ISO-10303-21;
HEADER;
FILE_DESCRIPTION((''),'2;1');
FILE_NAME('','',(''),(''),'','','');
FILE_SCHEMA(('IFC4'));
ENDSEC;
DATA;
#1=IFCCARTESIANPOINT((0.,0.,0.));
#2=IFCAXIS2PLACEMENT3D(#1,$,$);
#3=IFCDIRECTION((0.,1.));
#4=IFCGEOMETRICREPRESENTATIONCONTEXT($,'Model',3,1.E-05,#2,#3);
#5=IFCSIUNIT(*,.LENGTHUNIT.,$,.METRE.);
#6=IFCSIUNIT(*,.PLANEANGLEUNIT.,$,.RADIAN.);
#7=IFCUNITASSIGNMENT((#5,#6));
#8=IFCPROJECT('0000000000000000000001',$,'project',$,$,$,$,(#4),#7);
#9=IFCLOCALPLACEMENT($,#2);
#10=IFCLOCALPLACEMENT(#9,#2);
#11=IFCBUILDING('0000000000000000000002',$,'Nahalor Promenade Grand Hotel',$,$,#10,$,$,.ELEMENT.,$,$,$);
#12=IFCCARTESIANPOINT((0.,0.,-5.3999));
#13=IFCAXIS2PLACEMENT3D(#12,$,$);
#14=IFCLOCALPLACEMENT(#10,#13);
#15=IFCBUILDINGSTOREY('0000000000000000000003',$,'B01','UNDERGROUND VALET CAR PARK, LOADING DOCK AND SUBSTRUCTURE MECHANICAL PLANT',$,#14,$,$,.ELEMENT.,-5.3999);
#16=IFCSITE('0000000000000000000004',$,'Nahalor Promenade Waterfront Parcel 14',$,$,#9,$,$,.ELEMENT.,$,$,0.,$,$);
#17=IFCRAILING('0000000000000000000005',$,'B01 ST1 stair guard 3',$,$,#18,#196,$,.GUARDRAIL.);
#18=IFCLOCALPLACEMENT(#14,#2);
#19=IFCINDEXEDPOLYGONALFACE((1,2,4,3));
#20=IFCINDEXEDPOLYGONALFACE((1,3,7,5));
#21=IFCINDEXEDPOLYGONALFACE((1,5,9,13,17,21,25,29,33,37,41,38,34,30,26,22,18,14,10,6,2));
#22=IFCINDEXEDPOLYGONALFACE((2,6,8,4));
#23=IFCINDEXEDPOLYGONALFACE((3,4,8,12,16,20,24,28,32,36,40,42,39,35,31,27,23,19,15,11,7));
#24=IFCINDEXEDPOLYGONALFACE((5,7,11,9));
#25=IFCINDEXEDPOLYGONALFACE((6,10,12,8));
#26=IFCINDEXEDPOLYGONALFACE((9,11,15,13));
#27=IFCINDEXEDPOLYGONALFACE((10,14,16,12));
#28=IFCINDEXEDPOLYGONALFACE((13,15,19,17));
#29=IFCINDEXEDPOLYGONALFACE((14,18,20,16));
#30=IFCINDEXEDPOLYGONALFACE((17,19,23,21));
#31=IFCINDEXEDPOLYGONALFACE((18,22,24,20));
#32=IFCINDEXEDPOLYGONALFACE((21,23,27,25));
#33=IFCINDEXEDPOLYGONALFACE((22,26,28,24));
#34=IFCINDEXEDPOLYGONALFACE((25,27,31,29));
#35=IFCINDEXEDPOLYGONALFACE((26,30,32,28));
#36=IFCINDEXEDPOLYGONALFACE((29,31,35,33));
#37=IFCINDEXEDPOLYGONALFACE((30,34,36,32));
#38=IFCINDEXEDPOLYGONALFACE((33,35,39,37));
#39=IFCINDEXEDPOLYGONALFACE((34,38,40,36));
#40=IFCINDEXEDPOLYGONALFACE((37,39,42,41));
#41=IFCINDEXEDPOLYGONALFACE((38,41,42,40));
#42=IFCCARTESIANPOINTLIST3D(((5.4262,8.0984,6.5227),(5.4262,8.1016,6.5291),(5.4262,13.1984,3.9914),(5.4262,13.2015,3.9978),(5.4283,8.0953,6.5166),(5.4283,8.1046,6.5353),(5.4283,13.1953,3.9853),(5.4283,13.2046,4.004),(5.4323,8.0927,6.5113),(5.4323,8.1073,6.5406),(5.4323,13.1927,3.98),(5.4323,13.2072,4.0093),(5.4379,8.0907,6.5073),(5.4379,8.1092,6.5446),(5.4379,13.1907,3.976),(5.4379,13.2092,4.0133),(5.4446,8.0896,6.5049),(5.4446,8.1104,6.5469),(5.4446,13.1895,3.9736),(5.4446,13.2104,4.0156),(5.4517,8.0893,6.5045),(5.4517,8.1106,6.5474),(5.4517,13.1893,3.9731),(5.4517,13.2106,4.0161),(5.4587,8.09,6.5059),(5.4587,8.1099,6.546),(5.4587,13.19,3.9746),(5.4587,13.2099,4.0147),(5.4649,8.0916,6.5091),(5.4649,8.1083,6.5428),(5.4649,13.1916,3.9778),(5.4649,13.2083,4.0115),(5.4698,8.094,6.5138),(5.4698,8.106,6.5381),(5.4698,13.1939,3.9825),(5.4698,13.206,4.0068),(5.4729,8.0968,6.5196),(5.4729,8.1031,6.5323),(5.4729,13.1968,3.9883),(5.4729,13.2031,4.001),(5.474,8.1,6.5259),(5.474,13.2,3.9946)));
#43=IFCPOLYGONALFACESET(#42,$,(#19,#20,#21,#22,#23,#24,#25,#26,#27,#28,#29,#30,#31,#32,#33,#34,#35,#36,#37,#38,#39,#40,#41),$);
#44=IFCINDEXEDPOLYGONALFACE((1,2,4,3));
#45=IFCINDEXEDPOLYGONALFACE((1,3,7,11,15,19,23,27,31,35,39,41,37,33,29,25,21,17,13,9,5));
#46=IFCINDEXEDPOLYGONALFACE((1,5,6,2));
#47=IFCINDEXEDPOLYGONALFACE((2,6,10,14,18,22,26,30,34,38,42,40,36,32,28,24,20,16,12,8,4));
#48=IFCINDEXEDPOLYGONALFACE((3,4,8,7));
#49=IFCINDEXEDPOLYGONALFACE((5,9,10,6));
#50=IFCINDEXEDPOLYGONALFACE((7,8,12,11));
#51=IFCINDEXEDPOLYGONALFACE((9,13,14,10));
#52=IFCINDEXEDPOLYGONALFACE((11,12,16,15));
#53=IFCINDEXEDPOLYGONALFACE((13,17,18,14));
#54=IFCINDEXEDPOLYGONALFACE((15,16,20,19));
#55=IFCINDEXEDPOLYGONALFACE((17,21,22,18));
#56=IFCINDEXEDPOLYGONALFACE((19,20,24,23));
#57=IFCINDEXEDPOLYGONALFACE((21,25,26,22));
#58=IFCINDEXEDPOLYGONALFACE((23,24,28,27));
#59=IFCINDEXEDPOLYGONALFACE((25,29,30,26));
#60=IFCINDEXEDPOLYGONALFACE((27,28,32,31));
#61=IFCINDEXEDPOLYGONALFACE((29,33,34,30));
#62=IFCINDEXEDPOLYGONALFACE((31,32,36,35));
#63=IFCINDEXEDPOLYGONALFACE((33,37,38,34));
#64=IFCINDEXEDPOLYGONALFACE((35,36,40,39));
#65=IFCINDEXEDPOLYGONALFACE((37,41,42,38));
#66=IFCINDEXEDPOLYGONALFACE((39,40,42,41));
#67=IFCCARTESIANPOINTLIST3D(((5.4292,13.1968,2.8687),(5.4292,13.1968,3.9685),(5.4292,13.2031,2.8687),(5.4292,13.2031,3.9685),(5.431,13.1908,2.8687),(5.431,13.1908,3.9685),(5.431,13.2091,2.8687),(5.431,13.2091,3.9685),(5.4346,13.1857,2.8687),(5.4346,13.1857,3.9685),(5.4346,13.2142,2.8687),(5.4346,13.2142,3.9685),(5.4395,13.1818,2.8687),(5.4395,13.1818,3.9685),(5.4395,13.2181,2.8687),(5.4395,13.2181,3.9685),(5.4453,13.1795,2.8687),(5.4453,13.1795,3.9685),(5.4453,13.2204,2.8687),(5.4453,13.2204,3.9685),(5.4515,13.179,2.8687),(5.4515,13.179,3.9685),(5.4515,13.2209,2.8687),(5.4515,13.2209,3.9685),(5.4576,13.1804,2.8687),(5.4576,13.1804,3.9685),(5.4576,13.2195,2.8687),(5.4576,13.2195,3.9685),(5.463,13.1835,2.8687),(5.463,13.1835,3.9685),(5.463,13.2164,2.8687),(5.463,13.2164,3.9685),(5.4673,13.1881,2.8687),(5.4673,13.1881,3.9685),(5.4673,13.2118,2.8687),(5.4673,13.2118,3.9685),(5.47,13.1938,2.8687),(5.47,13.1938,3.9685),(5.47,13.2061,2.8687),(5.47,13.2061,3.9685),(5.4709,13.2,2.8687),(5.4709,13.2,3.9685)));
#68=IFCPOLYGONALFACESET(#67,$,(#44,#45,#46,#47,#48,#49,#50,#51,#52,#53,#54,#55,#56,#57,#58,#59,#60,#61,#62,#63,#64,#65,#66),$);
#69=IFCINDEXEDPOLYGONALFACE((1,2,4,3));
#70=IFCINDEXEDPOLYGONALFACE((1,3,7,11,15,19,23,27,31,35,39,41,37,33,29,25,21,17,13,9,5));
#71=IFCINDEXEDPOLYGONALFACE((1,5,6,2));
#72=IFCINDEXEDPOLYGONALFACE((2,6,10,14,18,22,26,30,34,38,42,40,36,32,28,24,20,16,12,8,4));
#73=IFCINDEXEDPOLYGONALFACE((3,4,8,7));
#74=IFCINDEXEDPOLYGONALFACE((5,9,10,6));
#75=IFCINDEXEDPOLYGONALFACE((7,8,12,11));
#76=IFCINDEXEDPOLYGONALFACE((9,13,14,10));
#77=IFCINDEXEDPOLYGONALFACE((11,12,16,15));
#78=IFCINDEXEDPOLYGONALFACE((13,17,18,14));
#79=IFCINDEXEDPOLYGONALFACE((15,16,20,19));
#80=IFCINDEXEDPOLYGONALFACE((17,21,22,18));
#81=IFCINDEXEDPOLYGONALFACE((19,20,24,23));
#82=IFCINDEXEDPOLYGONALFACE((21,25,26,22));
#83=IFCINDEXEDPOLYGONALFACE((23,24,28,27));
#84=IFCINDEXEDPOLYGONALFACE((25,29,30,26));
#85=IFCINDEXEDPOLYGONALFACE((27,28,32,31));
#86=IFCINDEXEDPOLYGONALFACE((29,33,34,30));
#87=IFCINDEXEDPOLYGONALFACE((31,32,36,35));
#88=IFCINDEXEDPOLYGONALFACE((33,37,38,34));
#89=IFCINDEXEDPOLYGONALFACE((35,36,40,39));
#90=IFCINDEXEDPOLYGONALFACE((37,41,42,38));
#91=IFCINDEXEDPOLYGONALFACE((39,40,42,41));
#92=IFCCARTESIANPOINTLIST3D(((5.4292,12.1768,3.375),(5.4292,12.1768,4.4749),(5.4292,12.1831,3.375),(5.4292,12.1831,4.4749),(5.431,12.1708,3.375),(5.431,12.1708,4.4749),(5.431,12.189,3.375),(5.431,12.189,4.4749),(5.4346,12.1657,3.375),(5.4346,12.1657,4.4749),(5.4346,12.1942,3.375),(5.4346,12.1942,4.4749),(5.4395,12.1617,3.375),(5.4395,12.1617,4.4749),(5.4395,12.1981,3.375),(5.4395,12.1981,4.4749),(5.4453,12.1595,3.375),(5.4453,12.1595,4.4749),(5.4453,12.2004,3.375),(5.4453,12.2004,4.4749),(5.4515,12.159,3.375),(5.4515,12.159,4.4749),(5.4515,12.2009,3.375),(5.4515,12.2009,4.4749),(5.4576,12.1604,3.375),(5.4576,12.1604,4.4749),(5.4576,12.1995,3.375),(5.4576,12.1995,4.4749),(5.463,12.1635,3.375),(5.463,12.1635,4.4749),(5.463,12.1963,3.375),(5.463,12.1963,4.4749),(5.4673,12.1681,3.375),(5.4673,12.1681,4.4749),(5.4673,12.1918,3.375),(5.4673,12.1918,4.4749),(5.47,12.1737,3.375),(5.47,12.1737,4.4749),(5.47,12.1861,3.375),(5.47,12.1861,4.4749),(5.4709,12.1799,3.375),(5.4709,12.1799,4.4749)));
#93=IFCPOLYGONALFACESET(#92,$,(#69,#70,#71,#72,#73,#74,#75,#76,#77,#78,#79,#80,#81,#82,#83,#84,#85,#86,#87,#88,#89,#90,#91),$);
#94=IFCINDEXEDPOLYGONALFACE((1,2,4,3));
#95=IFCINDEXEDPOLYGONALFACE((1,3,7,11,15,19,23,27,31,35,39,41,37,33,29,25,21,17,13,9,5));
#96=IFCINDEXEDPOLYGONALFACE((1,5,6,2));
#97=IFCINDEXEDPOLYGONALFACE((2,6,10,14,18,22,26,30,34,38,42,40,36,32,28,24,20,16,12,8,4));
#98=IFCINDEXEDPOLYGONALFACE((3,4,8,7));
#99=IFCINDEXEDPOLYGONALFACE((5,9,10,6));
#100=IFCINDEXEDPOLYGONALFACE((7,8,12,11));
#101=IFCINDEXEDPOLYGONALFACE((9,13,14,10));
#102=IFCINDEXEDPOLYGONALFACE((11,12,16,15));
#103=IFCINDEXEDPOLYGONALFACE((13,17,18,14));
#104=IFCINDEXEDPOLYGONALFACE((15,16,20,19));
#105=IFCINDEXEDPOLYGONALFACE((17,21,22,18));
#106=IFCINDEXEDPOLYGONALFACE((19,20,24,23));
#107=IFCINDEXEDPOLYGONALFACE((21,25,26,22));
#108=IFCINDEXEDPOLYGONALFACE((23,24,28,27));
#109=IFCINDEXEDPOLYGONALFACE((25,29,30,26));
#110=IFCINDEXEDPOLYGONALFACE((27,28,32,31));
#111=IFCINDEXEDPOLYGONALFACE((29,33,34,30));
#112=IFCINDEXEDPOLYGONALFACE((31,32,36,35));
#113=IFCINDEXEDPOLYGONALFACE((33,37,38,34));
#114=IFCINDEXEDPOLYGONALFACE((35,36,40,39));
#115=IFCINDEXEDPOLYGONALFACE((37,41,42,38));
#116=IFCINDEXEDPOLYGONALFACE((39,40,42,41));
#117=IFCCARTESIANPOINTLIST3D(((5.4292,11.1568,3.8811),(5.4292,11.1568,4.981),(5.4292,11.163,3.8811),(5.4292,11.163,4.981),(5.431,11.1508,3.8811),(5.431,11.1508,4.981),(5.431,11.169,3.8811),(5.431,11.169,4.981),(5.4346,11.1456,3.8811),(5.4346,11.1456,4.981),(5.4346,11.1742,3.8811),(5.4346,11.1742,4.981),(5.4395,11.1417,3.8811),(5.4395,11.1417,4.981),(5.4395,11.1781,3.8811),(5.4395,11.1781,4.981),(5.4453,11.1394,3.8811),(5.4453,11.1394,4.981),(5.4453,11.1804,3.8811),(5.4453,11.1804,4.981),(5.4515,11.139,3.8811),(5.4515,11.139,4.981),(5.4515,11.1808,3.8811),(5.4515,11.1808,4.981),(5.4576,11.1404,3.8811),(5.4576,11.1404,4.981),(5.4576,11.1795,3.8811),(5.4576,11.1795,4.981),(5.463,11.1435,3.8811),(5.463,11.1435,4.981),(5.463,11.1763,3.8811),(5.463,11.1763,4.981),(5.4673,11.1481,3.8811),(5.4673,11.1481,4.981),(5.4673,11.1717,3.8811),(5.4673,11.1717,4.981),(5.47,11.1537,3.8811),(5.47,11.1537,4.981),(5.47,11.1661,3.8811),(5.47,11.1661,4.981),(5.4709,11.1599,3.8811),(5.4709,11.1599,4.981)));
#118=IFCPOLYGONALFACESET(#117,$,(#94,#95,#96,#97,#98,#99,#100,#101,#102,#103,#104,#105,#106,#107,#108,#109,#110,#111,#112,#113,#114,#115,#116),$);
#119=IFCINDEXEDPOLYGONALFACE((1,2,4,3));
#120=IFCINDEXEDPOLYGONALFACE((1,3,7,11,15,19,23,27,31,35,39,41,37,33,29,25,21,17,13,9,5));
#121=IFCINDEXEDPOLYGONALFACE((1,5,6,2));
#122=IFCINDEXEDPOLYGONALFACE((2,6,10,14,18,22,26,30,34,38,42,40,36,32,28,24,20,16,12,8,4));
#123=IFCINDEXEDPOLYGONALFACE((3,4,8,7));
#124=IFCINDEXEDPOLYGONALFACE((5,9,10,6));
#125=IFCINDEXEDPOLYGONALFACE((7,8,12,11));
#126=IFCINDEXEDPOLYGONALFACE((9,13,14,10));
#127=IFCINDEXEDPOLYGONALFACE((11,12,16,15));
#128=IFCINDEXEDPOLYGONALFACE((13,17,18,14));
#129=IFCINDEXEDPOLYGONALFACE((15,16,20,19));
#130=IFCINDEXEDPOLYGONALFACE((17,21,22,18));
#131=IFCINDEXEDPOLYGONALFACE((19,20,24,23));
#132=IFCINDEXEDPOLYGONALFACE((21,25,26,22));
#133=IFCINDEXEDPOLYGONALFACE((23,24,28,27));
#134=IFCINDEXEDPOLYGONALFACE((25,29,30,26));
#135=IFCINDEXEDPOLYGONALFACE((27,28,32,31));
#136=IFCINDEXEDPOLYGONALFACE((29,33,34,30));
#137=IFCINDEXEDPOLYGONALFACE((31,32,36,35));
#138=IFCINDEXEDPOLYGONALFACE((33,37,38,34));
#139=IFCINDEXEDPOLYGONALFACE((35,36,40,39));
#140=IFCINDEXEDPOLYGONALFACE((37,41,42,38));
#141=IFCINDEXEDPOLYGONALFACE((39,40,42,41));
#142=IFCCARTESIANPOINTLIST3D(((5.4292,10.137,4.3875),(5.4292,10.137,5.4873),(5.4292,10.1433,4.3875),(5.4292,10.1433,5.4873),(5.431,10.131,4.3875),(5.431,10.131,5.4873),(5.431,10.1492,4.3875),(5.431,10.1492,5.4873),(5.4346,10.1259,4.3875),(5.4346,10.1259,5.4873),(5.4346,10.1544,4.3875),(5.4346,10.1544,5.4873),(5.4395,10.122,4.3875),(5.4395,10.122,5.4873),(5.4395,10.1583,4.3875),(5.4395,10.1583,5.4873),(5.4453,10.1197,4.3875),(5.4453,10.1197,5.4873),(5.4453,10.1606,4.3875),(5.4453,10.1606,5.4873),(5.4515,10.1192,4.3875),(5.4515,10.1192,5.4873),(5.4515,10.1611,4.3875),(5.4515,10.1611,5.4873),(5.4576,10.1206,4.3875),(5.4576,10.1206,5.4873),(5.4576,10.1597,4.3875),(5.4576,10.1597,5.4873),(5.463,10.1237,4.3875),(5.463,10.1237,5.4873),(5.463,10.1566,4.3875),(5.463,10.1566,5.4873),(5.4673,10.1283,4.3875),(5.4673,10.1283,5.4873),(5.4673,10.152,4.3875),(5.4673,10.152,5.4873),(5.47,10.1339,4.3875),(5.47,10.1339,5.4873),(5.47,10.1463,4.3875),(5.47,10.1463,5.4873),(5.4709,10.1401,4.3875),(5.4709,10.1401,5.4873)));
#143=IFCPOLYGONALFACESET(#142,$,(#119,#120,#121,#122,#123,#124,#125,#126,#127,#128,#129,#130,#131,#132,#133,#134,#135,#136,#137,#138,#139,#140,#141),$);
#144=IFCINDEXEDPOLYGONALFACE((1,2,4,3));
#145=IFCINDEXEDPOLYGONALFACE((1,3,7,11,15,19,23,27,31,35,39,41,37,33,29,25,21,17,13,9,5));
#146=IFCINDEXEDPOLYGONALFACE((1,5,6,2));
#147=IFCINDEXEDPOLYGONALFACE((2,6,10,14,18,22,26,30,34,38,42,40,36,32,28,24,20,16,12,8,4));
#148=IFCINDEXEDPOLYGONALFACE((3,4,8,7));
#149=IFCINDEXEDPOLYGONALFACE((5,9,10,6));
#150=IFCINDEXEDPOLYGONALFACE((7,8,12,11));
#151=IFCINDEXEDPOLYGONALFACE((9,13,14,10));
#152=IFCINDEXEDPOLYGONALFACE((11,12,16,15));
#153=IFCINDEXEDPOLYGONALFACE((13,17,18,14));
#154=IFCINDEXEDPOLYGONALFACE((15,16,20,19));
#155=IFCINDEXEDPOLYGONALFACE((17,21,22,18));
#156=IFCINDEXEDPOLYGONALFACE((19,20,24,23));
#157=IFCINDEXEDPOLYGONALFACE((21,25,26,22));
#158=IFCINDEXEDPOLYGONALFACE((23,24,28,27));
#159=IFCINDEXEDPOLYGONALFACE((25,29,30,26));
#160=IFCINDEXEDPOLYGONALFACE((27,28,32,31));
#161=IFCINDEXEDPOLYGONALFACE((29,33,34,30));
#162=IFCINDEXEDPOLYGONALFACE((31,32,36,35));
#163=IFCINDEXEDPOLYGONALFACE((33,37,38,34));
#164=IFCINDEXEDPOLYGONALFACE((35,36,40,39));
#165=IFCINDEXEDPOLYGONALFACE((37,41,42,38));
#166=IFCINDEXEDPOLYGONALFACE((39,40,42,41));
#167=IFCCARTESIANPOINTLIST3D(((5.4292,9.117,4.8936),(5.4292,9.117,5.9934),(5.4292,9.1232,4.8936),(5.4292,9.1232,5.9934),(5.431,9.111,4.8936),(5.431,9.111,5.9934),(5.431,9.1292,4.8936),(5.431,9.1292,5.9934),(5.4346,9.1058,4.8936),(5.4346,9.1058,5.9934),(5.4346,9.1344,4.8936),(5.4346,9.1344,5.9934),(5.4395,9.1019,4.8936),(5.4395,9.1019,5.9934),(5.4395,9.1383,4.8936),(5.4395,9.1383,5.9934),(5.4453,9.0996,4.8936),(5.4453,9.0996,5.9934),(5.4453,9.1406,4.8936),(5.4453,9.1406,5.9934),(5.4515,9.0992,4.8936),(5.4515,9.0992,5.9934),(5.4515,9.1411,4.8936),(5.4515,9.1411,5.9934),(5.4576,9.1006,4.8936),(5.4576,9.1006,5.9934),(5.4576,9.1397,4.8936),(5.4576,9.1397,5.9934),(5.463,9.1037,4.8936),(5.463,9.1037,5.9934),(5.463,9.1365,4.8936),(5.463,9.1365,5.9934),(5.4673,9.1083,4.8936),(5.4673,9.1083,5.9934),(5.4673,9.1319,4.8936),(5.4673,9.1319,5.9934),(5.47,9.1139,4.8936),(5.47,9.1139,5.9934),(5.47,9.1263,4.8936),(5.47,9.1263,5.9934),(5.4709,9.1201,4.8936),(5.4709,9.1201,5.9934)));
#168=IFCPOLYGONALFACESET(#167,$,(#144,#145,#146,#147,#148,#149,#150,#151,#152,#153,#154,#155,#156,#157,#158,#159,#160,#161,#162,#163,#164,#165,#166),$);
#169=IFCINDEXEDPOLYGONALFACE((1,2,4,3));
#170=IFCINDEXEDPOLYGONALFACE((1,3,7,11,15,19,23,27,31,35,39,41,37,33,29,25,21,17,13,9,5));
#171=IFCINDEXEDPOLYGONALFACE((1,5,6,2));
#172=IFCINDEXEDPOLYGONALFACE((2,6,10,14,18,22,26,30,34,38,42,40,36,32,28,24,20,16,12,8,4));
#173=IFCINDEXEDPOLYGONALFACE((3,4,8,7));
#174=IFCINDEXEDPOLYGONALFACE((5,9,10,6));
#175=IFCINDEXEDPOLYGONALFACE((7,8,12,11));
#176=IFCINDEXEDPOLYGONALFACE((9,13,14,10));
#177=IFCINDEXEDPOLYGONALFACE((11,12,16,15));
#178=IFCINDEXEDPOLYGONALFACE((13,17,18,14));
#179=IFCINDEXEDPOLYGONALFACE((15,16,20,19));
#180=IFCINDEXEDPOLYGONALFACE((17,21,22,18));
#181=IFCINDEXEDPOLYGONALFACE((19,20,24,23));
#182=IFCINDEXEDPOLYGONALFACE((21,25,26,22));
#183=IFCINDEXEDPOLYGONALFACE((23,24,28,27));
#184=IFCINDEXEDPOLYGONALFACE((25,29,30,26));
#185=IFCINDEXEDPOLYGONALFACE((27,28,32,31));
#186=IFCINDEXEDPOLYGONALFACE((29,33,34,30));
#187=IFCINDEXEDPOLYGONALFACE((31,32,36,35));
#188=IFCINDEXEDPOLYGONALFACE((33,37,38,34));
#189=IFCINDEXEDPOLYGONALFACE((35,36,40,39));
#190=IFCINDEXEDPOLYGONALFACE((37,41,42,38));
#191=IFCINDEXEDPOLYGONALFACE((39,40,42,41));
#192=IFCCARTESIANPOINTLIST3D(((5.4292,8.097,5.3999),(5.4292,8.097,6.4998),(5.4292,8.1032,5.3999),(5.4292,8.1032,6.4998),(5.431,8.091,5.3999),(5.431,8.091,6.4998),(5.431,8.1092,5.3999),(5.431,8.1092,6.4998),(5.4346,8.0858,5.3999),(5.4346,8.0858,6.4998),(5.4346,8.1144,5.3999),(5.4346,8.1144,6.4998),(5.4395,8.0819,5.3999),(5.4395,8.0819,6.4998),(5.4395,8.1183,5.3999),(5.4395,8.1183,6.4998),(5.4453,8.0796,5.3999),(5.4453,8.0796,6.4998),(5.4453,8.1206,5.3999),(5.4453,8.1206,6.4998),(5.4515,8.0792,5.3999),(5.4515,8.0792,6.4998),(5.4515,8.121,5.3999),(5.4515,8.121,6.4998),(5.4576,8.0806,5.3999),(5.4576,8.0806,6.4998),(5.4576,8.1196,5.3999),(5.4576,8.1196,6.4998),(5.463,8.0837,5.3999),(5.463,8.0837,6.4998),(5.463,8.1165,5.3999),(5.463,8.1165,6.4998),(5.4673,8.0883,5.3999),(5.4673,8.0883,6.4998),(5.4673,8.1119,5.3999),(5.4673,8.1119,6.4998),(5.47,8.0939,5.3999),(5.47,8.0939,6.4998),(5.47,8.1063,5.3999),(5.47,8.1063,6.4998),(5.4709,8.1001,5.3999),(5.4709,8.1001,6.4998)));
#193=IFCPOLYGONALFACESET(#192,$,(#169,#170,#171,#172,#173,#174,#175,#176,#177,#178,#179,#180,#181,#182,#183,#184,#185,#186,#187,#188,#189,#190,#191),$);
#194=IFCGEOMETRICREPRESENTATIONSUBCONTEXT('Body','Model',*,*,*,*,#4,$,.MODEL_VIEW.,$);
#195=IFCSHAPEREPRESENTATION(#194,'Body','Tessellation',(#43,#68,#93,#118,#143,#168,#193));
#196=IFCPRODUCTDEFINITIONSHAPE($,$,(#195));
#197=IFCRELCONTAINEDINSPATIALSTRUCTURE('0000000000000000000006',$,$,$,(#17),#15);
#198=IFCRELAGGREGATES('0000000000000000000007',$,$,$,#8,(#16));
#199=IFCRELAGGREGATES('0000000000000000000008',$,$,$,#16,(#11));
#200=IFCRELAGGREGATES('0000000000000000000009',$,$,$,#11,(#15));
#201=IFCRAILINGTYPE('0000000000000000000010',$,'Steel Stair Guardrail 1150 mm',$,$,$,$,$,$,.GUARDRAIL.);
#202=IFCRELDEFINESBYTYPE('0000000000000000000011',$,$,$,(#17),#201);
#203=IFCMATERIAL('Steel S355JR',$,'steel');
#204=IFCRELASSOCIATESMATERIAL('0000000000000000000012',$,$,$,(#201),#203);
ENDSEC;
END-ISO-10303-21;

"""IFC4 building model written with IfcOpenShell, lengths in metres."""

from ifc_helpers import new_model, si_unit, direction, frame, origin, origin_2d, place, context, subcontext, project, spatial, circle, extrude, material, type_object, element, save


model = new_model("IFC4")

# Units and contexts
model_context = context("Model", 3, precision=1e-05, world=origin(), true_north=direction((0.0, 1.0)))
body_context = subcontext(model_context, "Body", "Model", "MODEL_VIEW")
ifc_project = project(units=[si_unit("LENGTHUNIT", "METRE"), si_unit("PLANEANGLEUNIT", "RADIAN")], contexts=[model_context])

# Site, building, storey
site_placement = place(None, origin())
site = spatial("IfcSite", under=ifc_project, at=site_placement, Name="Nahalor Promenade Waterfront Parcel 14", CompositionType="ELEMENT", RefElevation=0.0)
building_placement = place(site_placement, origin())
building = spatial("IfcBuilding", under=site, at=building_placement, Name="Nahalor Promenade Grand Hotel", CompositionType="ELEMENT")
storey_placement = place(building_placement, frame((0.0, 0.0, -5.3999)))
storey = spatial("IfcBuildingStorey", under=building, at=storey_placement, Name="B01", Description="UNDERGROUND VALET CAR PARK, LOADING DOCK AND SUBSTRUCTURE MECHANICAL PLANT", CompositionType="ELEMENT", Elevation=-5.3999)

# Shared definitions
ifc_material_1 = material(Name="Steel S355JR", Category="steel")

# Railing
railing_type_1 = type_object("IfcRailingType", Name="Steel Stair Guardrail 1150 mm", PredefinedType="GUARDRAIL", material=ifc_material_1)
railing_1_placement = place(storey_placement, frame((5.45, 13.2, 2.8687)))
element("IfcRailing", 1, at=railing_1_placement, inside=storey, type_object=railing_type_1, Name="B01 ST1 stair guard 3", PredefinedType="GUARDRAIL", context=body_context, shape_type="SweptSolid", body=[
    extrude(circle(Radius=0.024, at=origin_2d()), frame((0.0, 0.0, 1.126), z_axis=(0.0, -0.895735, 0.444587), x_axis=(1.0, 0.0, 0.0)), (0.0, 0.0, 1.0), 5.6936),
    extrude(circle(Radius=0.021, at=origin_2d()), origin(), (0.0, 0.0, 1.0), 1.0999),
    extrude(circle(Radius=0.021, at=origin_2d()), frame((0.0, -1.02, 0.5063)), (0.0, 0.0, 1.0), 1.0999),
    extrude(circle(Radius=0.021, at=origin_2d()), frame((0.0, -2.04, 1.0125)), (0.0, 0.0, 1.0), 1.0999),
    extrude(circle(Radius=0.021, at=origin_2d()), frame((0.0, -3.0598, 1.5188)), (0.0, 0.0, 1.0), 1.0999),
    extrude(circle(Radius=0.021, at=origin_2d()), frame((0.0, -4.0798, 2.0249)), (0.0, 0.0, 1.0), 1.0999),
    extrude(circle(Radius=0.021, at=origin_2d()), frame((0.0, -5.0999, 2.5312)), (0.0, 0.0, 1.0), 1.0999),
])

save(model, "model.ifc")
